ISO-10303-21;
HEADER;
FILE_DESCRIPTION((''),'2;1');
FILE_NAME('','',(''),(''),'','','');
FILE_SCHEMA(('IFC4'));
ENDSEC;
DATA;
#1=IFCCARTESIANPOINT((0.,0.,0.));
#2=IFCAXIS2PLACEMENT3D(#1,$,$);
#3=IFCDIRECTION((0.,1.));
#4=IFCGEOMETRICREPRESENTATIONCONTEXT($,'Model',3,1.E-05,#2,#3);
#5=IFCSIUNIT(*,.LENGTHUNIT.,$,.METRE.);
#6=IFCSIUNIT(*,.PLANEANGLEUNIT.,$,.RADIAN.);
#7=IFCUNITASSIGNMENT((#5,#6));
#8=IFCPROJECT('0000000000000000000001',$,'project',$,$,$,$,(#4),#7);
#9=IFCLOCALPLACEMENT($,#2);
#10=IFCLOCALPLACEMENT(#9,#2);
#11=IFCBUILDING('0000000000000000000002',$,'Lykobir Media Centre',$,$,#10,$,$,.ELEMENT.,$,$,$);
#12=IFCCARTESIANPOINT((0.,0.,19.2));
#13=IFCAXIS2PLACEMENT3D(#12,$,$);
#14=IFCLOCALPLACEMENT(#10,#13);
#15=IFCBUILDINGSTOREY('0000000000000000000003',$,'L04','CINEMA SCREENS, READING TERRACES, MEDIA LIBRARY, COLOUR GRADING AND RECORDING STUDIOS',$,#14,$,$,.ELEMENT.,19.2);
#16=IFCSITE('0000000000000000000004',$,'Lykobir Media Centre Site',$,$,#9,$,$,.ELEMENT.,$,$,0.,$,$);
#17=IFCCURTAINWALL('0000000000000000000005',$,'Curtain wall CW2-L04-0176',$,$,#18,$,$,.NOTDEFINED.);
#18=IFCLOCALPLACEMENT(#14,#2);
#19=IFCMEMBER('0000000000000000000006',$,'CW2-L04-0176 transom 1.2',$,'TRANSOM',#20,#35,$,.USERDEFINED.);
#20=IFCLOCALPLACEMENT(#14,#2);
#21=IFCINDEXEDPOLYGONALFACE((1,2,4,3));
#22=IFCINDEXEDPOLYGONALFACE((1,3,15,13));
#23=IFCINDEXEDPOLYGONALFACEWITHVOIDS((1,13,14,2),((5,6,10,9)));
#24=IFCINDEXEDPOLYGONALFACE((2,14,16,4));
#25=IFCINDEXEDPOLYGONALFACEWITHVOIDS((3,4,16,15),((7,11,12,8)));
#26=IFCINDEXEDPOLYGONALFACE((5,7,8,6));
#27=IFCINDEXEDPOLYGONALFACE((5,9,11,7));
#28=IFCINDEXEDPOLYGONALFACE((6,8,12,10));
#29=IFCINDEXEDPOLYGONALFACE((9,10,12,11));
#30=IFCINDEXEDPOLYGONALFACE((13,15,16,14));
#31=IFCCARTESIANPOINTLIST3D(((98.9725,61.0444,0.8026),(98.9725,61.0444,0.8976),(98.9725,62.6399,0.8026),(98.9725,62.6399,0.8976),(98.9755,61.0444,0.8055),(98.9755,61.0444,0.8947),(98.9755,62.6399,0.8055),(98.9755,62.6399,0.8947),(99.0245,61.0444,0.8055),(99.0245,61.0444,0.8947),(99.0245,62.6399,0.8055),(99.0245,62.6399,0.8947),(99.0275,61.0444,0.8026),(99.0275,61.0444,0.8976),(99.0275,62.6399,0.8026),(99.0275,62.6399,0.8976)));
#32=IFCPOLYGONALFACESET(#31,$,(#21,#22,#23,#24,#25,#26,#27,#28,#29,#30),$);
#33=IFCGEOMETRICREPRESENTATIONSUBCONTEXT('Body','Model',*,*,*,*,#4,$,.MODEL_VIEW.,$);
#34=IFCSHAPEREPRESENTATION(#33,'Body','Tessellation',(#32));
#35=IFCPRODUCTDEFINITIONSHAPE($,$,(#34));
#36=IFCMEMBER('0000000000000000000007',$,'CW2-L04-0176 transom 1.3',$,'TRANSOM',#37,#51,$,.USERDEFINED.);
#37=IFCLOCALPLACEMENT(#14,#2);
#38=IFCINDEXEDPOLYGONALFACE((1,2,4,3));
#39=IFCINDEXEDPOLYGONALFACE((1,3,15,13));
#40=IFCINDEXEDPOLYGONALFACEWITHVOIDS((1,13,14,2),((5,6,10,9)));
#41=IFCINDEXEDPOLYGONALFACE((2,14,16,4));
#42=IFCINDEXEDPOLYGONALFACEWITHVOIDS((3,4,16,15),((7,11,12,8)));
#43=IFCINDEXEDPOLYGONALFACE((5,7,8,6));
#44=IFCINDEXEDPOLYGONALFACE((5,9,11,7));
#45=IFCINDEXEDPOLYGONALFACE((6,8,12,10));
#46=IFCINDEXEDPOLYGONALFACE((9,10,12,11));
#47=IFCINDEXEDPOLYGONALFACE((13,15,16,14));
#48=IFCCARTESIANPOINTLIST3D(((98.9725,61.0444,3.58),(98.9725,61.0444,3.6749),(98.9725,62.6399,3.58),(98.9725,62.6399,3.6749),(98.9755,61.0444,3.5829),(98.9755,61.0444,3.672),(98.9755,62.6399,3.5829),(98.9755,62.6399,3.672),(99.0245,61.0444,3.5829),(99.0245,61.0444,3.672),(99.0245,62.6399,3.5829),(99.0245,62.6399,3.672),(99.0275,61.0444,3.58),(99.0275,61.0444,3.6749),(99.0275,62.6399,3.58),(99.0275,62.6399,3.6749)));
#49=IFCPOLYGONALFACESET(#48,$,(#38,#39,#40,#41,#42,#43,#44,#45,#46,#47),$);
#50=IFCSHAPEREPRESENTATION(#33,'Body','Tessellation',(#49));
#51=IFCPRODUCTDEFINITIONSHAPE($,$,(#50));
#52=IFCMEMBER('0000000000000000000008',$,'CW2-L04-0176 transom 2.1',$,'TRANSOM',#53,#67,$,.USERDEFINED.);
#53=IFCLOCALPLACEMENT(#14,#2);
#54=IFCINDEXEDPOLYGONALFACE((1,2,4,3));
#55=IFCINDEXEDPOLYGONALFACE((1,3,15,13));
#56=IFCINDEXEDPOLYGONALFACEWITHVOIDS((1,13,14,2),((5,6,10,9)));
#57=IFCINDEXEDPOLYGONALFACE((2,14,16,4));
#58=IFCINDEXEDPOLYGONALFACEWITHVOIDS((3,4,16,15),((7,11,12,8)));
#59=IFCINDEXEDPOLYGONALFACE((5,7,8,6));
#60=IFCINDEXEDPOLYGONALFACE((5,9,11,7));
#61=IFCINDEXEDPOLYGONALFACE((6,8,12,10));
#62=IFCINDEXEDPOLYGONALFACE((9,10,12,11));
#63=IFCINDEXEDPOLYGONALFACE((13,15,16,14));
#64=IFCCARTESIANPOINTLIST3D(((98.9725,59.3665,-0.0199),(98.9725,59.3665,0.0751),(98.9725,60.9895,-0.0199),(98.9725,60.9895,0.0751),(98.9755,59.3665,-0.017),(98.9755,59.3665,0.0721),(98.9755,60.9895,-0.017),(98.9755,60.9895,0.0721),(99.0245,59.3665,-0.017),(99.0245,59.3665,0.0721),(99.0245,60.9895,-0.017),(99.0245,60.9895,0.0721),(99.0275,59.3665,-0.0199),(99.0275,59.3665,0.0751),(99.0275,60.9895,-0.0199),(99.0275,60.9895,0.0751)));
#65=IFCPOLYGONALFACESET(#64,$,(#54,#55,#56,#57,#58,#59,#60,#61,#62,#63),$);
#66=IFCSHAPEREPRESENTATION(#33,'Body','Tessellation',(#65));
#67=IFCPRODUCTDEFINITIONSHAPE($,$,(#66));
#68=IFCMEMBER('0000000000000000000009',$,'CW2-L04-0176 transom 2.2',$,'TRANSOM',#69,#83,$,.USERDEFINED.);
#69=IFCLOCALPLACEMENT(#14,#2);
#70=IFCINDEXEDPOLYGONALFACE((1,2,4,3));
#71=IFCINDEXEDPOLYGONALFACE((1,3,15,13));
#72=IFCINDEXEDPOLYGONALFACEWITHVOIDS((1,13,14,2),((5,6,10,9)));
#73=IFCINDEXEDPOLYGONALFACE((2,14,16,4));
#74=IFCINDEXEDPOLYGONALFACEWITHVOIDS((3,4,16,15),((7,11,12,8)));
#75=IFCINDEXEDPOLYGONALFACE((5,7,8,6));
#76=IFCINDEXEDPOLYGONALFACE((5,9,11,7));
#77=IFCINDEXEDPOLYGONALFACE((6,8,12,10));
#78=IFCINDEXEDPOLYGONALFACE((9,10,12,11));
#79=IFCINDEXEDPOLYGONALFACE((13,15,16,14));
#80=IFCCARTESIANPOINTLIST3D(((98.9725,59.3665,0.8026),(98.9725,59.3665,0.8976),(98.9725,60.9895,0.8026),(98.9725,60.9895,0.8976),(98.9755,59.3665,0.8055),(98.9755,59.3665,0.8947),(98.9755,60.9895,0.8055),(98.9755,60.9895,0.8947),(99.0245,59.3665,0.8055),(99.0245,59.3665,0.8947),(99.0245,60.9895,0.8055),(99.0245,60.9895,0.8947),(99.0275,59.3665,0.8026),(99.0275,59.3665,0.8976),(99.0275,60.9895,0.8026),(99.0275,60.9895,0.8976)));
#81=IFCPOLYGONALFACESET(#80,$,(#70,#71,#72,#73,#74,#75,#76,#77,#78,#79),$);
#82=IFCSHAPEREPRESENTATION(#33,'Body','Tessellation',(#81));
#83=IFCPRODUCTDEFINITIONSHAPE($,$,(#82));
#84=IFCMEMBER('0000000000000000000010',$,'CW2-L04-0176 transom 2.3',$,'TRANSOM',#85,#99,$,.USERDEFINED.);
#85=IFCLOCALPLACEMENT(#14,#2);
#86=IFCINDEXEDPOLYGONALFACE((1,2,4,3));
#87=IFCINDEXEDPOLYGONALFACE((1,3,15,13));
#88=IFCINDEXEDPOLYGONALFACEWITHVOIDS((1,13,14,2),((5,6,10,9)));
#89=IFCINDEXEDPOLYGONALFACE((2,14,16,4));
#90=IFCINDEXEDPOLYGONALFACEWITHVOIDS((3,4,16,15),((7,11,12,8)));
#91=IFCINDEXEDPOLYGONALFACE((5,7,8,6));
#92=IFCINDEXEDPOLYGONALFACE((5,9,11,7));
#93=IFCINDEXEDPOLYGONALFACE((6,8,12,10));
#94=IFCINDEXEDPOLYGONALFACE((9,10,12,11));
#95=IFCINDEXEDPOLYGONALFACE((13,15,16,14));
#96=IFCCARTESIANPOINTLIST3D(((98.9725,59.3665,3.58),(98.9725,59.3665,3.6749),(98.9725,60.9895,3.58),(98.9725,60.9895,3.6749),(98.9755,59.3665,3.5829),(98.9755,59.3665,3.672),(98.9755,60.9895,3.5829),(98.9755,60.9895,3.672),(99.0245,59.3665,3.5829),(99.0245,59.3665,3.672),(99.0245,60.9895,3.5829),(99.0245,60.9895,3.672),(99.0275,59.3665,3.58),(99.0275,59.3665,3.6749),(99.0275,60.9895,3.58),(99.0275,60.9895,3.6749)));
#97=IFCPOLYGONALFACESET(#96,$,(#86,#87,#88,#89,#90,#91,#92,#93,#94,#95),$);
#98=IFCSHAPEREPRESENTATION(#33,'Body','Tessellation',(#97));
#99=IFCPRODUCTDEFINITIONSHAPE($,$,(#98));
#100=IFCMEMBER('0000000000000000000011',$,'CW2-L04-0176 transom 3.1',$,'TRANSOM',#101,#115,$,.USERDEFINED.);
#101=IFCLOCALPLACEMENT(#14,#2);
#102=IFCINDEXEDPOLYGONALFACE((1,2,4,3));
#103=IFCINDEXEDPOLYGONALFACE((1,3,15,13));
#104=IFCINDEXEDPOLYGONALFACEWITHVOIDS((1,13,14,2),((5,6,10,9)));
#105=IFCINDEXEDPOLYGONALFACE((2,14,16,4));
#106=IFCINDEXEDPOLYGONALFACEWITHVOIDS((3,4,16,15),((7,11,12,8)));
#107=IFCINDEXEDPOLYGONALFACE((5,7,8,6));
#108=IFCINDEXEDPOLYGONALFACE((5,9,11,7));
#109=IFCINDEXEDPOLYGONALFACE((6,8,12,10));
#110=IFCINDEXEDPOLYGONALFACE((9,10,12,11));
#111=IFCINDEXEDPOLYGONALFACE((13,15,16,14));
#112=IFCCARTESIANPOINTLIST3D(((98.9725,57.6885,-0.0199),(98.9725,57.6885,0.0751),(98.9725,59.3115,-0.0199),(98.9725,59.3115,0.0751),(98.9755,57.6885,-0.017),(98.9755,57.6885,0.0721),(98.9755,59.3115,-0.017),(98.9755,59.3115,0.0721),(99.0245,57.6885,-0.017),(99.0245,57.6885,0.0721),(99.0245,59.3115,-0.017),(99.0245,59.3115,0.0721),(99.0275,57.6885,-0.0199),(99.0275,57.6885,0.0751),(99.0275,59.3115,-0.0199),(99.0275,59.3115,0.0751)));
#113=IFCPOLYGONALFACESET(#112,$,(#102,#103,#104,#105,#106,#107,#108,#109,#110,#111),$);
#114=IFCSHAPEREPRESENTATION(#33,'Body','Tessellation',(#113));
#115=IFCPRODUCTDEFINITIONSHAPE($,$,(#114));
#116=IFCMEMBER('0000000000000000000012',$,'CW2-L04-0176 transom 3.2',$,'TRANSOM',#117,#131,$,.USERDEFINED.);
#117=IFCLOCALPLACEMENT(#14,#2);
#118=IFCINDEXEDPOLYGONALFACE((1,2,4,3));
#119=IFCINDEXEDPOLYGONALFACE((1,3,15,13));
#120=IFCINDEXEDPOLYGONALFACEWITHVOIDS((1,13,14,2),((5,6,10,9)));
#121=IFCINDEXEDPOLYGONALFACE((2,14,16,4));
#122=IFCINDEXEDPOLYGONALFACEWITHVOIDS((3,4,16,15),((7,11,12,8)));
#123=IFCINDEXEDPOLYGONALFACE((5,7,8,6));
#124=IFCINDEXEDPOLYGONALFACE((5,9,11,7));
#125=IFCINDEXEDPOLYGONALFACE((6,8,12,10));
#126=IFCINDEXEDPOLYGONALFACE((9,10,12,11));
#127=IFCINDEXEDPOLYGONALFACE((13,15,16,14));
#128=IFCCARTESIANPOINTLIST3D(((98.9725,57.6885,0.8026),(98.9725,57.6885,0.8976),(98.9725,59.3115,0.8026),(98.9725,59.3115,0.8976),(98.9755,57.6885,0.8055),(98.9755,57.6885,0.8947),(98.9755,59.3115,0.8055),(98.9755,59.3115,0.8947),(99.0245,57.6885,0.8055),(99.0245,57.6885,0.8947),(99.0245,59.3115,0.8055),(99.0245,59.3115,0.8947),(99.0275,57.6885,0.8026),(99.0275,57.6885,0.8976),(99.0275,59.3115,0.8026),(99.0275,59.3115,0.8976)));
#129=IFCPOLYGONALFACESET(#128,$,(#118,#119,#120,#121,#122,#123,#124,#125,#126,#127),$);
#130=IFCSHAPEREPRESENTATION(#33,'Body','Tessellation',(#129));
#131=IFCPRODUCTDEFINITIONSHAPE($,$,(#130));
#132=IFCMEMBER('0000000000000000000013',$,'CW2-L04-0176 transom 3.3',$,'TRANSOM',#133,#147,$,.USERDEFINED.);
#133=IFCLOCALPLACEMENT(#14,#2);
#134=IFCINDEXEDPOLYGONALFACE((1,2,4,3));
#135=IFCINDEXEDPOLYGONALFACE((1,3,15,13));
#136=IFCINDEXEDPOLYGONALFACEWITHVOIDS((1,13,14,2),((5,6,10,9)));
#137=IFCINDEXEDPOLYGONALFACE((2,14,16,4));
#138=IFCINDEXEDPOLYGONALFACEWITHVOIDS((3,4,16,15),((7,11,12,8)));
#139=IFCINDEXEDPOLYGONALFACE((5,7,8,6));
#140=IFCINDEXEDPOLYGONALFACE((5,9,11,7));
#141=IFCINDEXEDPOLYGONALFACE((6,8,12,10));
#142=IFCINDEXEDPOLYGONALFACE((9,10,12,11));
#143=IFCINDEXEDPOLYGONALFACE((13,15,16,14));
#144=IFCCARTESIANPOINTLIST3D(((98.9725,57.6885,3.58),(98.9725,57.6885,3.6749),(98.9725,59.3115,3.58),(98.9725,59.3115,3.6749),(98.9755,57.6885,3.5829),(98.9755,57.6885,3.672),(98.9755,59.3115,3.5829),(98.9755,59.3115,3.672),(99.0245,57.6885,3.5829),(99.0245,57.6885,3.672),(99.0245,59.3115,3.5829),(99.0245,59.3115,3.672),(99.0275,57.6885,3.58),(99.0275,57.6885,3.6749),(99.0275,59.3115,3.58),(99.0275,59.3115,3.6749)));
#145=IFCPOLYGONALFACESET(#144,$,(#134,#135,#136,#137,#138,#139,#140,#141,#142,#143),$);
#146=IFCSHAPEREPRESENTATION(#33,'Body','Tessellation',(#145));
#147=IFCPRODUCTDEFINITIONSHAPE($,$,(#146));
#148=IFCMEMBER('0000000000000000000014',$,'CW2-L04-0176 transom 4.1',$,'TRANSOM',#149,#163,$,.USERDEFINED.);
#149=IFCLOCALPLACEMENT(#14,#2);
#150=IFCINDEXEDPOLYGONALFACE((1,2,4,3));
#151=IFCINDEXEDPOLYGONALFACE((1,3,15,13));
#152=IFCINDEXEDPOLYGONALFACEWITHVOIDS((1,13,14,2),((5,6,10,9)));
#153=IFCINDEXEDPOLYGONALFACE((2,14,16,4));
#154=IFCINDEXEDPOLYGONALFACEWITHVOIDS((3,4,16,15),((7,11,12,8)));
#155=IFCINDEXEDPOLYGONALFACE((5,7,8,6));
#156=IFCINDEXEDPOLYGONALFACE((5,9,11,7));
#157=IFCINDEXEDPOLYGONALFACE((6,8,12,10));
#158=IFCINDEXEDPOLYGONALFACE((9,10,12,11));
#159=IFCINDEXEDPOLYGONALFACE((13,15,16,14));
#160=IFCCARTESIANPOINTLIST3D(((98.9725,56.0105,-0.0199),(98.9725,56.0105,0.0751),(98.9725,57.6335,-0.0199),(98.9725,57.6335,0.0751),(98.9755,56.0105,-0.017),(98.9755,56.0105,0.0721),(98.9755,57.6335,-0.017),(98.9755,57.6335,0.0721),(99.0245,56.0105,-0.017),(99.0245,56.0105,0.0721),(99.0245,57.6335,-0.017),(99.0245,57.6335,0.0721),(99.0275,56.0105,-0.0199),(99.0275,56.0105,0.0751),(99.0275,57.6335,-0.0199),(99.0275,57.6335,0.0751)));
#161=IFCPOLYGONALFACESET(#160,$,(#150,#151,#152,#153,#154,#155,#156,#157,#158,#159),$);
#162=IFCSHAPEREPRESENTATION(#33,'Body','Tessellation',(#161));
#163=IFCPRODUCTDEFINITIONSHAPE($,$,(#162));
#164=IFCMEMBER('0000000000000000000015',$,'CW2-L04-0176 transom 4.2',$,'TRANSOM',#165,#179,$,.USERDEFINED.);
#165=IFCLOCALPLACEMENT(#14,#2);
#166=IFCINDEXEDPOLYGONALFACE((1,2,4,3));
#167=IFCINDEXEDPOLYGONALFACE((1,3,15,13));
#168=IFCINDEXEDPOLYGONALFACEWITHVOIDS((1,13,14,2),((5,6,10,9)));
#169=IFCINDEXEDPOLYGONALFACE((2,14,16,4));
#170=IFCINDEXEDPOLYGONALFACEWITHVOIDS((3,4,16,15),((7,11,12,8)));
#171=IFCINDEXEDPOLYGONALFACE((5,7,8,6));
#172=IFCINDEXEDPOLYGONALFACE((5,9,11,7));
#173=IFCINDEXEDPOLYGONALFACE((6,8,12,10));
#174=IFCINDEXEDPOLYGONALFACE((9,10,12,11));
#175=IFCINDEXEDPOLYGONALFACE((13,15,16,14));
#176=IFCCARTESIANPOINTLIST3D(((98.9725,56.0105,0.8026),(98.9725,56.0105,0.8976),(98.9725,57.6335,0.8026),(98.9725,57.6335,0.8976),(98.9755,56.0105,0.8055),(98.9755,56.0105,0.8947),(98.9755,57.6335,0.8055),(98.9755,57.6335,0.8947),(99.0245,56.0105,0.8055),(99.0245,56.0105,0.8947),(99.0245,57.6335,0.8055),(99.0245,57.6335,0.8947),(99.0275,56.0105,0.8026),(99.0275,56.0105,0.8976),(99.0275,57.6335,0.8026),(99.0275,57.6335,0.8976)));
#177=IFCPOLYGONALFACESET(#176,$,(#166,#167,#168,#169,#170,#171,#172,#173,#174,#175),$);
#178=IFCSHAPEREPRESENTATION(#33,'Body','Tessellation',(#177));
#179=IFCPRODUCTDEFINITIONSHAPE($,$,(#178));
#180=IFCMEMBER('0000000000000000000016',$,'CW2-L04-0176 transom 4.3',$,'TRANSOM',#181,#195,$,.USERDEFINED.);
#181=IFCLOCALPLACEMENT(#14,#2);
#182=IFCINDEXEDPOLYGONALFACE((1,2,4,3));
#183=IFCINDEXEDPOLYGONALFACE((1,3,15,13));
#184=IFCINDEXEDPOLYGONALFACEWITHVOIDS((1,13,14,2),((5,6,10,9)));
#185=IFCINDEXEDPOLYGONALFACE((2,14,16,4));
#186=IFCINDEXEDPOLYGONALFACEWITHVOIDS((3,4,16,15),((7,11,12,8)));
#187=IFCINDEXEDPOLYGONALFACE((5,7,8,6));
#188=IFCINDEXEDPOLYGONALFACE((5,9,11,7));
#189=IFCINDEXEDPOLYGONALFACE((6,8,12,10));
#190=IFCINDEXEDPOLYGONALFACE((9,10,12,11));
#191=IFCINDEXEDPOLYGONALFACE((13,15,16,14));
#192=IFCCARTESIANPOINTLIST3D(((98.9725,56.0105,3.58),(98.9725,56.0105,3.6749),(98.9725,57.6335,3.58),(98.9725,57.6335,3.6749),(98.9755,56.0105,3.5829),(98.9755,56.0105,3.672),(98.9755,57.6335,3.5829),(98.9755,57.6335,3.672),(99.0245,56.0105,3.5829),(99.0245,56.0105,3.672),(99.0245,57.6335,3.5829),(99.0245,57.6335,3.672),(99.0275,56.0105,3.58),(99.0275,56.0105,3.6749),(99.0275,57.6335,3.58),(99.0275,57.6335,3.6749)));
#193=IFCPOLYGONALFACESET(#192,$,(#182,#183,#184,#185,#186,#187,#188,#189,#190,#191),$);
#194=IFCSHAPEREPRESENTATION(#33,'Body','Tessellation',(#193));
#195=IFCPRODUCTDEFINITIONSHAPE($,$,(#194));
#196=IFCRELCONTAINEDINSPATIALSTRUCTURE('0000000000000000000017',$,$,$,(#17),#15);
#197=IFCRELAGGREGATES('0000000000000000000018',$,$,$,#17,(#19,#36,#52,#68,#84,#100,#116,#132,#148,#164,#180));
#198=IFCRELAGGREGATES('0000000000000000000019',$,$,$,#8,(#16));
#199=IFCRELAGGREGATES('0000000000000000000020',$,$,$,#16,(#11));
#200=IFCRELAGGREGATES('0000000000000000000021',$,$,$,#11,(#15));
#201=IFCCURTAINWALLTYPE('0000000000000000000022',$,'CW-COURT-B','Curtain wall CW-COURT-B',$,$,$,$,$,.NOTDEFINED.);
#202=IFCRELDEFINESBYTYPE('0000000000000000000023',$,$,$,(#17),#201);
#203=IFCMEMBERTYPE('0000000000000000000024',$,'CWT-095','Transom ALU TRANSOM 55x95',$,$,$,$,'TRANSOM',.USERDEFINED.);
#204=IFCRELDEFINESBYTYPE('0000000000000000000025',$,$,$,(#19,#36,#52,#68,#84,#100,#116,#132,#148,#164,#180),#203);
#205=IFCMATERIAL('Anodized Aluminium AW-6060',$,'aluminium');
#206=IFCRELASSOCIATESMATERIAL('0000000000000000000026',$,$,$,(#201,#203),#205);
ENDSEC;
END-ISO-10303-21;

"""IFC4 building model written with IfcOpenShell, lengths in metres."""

from ifc_helpers import new_model, si_unit, direction, frame, origin, origin_2d, place, context, subcontext, project, spatial, hollow_rectangle, extrude, material, material_profile, profile_set, type_object, element, aggregate, save


model = new_model("IFC4")

# Units and contexts
model_context = context("Model", 3, precision=1e-05, world=origin(), true_north=direction((0.0, 1.0)))
body_context = subcontext(model_context, "Body", "Model", "MODEL_VIEW")
ifc_project = project(units=[si_unit("LENGTHUNIT", "METRE"), si_unit("PLANEANGLEUNIT", "RADIAN")], contexts=[model_context])

# Site, building, storey
site_placement = place(None, origin())
site = spatial("IfcSite", under=ifc_project, at=site_placement, Name="Lykobir Media Centre Site", CompositionType="ELEMENT", RefElevation=0.0)
building_placement = place(site_placement, origin())
building = spatial("IfcBuilding", under=site, at=building_placement, Name="Lykobir Media Centre", CompositionType="ELEMENT")
storey_placement = place(building_placement, frame((0.0, 0.0, 19.2)))
storey = spatial("IfcBuildingStorey", under=building, at=storey_placement, Name="L04", Description="CINEMA SCREENS, READING TERRACES, MEDIA LIBRARY, COLOUR GRADING AND RECORDING STUDIOS", CompositionType="ELEMENT", Elevation=19.2)

# Curtain wall
ifc_material_1 = material(Name="Anodized Aluminium AW-6060", Category="aluminium")
curtain_wall_type = type_object("IfcCurtainWallType", Name="CW-COURT-B", Description="Curtain wall CW-COURT-B", PredefinedType="NOTDEFINED", material=ifc_material_1)
curtain_wall_1_placement = place(storey_placement, origin())
curtain_wall_1 = element("IfcCurtainWall", 1, at=curtain_wall_1_placement, inside=storey, type_object=curtain_wall_type, Name="Curtain wall CW2-L04-0176", PredefinedType="NOTDEFINED")

# Members
ifc_material_profile_1 = material_profile(ifc_material_1, hollow_rectangle(XDim=0.0549, YDim=0.095, WallThickness=0.0029, at=origin_2d()), Name="ALU TRANSOM 55x95")
ifc_profile_set_1 = profile_set([ifc_material_profile_1], Name="Anodized Aluminium AW-6060")
member_type_1 = type_object("IfcMemberType", Name="CWT-095", Description="Transom ALU TRANSOM 55x95", ElementType="TRANSOM", PredefinedType="USERDEFINED", material=ifc_profile_set_1)
member_1_placement = place(storey_placement, frame((99.0, 62.6399, 0.8501), z_axis=(0.0, -1.0, 0.0), x_axis=(1.0, 0.0, 0.0)))
member_1 = element("IfcMember", 2, at=member_1_placement, type_object=member_type_1, Name="CW2-L04-0176 transom 1.2", ObjectType="TRANSOM", PredefinedType="USERDEFINED", context=body_context, shape_type="SweptSolid", body=[
    extrude(hollow_rectangle(XDim=0.0549, YDim=0.095, WallThickness=0.0029, at=origin_2d()), origin(), (0.0, 0.0, 1.0), 1.5955),
])
member_2_placement = place(storey_placement, frame((99.0, 62.6399, 3.6274), z_axis=(0.0, -1.0, 0.0), x_axis=(1.0, 0.0, 0.0)))
member_2 = element("IfcMember", 3, at=member_2_placement, type_object=member_type_1, Name="CW2-L04-0176 transom 1.3", ObjectType="TRANSOM", PredefinedType="USERDEFINED", context=body_context, shape_type="SweptSolid", body=[
    extrude(hollow_rectangle(XDim=0.0549, YDim=0.095, WallThickness=0.0029, at=origin_2d()), origin(), (0.0, 0.0, 1.0), 1.5955),
])
member_3_placement = place(storey_placement, frame((99.0, 60.9895, 0.0276), z_axis=(0.0, -1.0, 0.0), x_axis=(1.0, 0.0, 0.0)))
member_3 = element("IfcMember", 4, at=member_3_placement, type_object=member_type_1, Name="CW2-L04-0176 transom 2.1", ObjectType="TRANSOM", PredefinedType="USERDEFINED", context=body_context, shape_type="SweptSolid", body=[
    extrude(hollow_rectangle(XDim=0.0549, YDim=0.095, WallThickness=0.0029, at=origin_2d()), origin(), (0.0, 0.0, 1.0), 1.623),
])
member_4_placement = place(storey_placement, frame((99.0, 60.9895, 0.8501), z_axis=(0.0, -1.0, 0.0), x_axis=(1.0, 0.0, 0.0)))
member_4 = element("IfcMember", 5, at=member_4_placement, type_object=member_type_1, Name="CW2-L04-0176 transom 2.2", ObjectType="TRANSOM", PredefinedType="USERDEFINED", context=body_context, shape_type="SweptSolid", body=[
    extrude(hollow_rectangle(XDim=0.0549, YDim=0.095, WallThickness=0.0029, at=origin_2d()), origin(), (0.0, 0.0, 1.0), 1.623),
])
member_5_placement = place(storey_placement, frame((99.0, 60.9895, 3.6274), z_axis=(0.0, -1.0, 0.0), x_axis=(1.0, 0.0, 0.0)))
member_5 = element("IfcMember", 6, at=member_5_placement, type_object=member_type_1, Name="CW2-L04-0176 transom 2.3", ObjectType="TRANSOM", PredefinedType="USERDEFINED", context=body_context, shape_type="SweptSolid", body=[
    extrude(hollow_rectangle(XDim=0.0549, YDim=0.095, WallThickness=0.0029, at=origin_2d()), origin(), (0.0, 0.0, 1.0), 1.623),
])
member_6_placement = place(storey_placement, frame((99.0, 59.3115, 0.0276), z_axis=(0.0, -1.0, 0.0), x_axis=(1.0, 0.0, 0.0)))
member_6 = element("IfcMember", 7, at=member_6_placement, type_object=member_type_1, Name="CW2-L04-0176 transom 3.1", ObjectType="TRANSOM", PredefinedType="USERDEFINED", context=body_context, shape_type="SweptSolid", body=[
    extrude(hollow_rectangle(XDim=0.0549, YDim=0.095, WallThickness=0.0029, at=origin_2d()), origin(), (0.0, 0.0, 1.0), 1.623),
])
member_7_placement = place(storey_placement, frame((99.0, 59.3115, 0.8501), z_axis=(0.0, -1.0, 0.0), x_axis=(1.0, 0.0, 0.0)))
member_7 = element("IfcMember", 8, at=member_7_placement, type_object=member_type_1, Name="CW2-L04-0176 transom 3.2", ObjectType="TRANSOM", PredefinedType="USERDEFINED", context=body_context, shape_type="SweptSolid", body=[
    extrude(hollow_rectangle(XDim=0.0549, YDim=0.095, WallThickness=0.0029, at=origin_2d()), origin(), (0.0, 0.0, 1.0), 1.623),
])
member_8_placement = place(storey_placement, frame((99.0, 59.3115, 3.6274), z_axis=(0.0, -1.0, 0.0), x_axis=(1.0, 0.0, 0.0)))
member_8 = element("IfcMember", 9, at=member_8_placement, type_object=member_type_1, Name="CW2-L04-0176 transom 3.3", ObjectType="TRANSOM", PredefinedType="USERDEFINED", context=body_context, shape_type="SweptSolid", body=[
    extrude(hollow_rectangle(XDim=0.0549, YDim=0.095, WallThickness=0.0029, at=origin_2d()), origin(), (0.0, 0.0, 1.0), 1.623),
])
member_9_placement = place(storey_placement, frame((99.0, 57.6335, 0.0276), z_axis=(0.0, -1.0, 0.0), x_axis=(1.0, 0.0, 0.0)))
member_9 = element("IfcMember", 10, at=member_9_placement, type_object=member_type_1, Name="CW2-L04-0176 transom 4.1", ObjectType="TRANSOM", PredefinedType="USERDEFINED", context=body_context, shape_type="SweptSolid", body=[
    extrude(hollow_rectangle(XDim=0.0549, YDim=0.095, WallThickness=0.0029, at=origin_2d()), origin(), (0.0, 0.0, 1.0), 1.623),
])
member_10_placement = place(storey_placement, frame((99.0, 57.6335, 0.8501), z_axis=(0.0, -1.0, 0.0), x_axis=(1.0, 0.0, 0.0)))
member_10 = element("IfcMember", 11, at=member_10_placement, type_object=member_type_1, Name="CW2-L04-0176 transom 4.2", ObjectType="TRANSOM", PredefinedType="USERDEFINED", context=body_context, shape_type="SweptSolid", body=[
    extrude(hollow_rectangle(XDim=0.0549, YDim=0.095, WallThickness=0.0029, at=origin_2d()), origin(), (0.0, 0.0, 1.0), 1.623),
])
member_11_placement = place(storey_placement, frame((99.0, 57.6335, 3.6274), z_axis=(0.0, -1.0, 0.0), x_axis=(1.0, 0.0, 0.0)))
member_11 = element("IfcMember", 12, at=member_11_placement, type_object=member_type_1, Name="CW2-L04-0176 transom 4.3", ObjectType="TRANSOM", PredefinedType="USERDEFINED", context=body_context, shape_type="SweptSolid", body=[
    extrude(hollow_rectangle(XDim=0.0549, YDim=0.095, WallThickness=0.0029, at=origin_2d()), origin(), (0.0, 0.0, 1.0), 1.623),
])

aggregate(curtain_wall_1, [member_1, member_2, member_3, member_4, member_5, member_6, member_7, member_8, member_9, member_10, member_11])

save(model, "model.ifc")
